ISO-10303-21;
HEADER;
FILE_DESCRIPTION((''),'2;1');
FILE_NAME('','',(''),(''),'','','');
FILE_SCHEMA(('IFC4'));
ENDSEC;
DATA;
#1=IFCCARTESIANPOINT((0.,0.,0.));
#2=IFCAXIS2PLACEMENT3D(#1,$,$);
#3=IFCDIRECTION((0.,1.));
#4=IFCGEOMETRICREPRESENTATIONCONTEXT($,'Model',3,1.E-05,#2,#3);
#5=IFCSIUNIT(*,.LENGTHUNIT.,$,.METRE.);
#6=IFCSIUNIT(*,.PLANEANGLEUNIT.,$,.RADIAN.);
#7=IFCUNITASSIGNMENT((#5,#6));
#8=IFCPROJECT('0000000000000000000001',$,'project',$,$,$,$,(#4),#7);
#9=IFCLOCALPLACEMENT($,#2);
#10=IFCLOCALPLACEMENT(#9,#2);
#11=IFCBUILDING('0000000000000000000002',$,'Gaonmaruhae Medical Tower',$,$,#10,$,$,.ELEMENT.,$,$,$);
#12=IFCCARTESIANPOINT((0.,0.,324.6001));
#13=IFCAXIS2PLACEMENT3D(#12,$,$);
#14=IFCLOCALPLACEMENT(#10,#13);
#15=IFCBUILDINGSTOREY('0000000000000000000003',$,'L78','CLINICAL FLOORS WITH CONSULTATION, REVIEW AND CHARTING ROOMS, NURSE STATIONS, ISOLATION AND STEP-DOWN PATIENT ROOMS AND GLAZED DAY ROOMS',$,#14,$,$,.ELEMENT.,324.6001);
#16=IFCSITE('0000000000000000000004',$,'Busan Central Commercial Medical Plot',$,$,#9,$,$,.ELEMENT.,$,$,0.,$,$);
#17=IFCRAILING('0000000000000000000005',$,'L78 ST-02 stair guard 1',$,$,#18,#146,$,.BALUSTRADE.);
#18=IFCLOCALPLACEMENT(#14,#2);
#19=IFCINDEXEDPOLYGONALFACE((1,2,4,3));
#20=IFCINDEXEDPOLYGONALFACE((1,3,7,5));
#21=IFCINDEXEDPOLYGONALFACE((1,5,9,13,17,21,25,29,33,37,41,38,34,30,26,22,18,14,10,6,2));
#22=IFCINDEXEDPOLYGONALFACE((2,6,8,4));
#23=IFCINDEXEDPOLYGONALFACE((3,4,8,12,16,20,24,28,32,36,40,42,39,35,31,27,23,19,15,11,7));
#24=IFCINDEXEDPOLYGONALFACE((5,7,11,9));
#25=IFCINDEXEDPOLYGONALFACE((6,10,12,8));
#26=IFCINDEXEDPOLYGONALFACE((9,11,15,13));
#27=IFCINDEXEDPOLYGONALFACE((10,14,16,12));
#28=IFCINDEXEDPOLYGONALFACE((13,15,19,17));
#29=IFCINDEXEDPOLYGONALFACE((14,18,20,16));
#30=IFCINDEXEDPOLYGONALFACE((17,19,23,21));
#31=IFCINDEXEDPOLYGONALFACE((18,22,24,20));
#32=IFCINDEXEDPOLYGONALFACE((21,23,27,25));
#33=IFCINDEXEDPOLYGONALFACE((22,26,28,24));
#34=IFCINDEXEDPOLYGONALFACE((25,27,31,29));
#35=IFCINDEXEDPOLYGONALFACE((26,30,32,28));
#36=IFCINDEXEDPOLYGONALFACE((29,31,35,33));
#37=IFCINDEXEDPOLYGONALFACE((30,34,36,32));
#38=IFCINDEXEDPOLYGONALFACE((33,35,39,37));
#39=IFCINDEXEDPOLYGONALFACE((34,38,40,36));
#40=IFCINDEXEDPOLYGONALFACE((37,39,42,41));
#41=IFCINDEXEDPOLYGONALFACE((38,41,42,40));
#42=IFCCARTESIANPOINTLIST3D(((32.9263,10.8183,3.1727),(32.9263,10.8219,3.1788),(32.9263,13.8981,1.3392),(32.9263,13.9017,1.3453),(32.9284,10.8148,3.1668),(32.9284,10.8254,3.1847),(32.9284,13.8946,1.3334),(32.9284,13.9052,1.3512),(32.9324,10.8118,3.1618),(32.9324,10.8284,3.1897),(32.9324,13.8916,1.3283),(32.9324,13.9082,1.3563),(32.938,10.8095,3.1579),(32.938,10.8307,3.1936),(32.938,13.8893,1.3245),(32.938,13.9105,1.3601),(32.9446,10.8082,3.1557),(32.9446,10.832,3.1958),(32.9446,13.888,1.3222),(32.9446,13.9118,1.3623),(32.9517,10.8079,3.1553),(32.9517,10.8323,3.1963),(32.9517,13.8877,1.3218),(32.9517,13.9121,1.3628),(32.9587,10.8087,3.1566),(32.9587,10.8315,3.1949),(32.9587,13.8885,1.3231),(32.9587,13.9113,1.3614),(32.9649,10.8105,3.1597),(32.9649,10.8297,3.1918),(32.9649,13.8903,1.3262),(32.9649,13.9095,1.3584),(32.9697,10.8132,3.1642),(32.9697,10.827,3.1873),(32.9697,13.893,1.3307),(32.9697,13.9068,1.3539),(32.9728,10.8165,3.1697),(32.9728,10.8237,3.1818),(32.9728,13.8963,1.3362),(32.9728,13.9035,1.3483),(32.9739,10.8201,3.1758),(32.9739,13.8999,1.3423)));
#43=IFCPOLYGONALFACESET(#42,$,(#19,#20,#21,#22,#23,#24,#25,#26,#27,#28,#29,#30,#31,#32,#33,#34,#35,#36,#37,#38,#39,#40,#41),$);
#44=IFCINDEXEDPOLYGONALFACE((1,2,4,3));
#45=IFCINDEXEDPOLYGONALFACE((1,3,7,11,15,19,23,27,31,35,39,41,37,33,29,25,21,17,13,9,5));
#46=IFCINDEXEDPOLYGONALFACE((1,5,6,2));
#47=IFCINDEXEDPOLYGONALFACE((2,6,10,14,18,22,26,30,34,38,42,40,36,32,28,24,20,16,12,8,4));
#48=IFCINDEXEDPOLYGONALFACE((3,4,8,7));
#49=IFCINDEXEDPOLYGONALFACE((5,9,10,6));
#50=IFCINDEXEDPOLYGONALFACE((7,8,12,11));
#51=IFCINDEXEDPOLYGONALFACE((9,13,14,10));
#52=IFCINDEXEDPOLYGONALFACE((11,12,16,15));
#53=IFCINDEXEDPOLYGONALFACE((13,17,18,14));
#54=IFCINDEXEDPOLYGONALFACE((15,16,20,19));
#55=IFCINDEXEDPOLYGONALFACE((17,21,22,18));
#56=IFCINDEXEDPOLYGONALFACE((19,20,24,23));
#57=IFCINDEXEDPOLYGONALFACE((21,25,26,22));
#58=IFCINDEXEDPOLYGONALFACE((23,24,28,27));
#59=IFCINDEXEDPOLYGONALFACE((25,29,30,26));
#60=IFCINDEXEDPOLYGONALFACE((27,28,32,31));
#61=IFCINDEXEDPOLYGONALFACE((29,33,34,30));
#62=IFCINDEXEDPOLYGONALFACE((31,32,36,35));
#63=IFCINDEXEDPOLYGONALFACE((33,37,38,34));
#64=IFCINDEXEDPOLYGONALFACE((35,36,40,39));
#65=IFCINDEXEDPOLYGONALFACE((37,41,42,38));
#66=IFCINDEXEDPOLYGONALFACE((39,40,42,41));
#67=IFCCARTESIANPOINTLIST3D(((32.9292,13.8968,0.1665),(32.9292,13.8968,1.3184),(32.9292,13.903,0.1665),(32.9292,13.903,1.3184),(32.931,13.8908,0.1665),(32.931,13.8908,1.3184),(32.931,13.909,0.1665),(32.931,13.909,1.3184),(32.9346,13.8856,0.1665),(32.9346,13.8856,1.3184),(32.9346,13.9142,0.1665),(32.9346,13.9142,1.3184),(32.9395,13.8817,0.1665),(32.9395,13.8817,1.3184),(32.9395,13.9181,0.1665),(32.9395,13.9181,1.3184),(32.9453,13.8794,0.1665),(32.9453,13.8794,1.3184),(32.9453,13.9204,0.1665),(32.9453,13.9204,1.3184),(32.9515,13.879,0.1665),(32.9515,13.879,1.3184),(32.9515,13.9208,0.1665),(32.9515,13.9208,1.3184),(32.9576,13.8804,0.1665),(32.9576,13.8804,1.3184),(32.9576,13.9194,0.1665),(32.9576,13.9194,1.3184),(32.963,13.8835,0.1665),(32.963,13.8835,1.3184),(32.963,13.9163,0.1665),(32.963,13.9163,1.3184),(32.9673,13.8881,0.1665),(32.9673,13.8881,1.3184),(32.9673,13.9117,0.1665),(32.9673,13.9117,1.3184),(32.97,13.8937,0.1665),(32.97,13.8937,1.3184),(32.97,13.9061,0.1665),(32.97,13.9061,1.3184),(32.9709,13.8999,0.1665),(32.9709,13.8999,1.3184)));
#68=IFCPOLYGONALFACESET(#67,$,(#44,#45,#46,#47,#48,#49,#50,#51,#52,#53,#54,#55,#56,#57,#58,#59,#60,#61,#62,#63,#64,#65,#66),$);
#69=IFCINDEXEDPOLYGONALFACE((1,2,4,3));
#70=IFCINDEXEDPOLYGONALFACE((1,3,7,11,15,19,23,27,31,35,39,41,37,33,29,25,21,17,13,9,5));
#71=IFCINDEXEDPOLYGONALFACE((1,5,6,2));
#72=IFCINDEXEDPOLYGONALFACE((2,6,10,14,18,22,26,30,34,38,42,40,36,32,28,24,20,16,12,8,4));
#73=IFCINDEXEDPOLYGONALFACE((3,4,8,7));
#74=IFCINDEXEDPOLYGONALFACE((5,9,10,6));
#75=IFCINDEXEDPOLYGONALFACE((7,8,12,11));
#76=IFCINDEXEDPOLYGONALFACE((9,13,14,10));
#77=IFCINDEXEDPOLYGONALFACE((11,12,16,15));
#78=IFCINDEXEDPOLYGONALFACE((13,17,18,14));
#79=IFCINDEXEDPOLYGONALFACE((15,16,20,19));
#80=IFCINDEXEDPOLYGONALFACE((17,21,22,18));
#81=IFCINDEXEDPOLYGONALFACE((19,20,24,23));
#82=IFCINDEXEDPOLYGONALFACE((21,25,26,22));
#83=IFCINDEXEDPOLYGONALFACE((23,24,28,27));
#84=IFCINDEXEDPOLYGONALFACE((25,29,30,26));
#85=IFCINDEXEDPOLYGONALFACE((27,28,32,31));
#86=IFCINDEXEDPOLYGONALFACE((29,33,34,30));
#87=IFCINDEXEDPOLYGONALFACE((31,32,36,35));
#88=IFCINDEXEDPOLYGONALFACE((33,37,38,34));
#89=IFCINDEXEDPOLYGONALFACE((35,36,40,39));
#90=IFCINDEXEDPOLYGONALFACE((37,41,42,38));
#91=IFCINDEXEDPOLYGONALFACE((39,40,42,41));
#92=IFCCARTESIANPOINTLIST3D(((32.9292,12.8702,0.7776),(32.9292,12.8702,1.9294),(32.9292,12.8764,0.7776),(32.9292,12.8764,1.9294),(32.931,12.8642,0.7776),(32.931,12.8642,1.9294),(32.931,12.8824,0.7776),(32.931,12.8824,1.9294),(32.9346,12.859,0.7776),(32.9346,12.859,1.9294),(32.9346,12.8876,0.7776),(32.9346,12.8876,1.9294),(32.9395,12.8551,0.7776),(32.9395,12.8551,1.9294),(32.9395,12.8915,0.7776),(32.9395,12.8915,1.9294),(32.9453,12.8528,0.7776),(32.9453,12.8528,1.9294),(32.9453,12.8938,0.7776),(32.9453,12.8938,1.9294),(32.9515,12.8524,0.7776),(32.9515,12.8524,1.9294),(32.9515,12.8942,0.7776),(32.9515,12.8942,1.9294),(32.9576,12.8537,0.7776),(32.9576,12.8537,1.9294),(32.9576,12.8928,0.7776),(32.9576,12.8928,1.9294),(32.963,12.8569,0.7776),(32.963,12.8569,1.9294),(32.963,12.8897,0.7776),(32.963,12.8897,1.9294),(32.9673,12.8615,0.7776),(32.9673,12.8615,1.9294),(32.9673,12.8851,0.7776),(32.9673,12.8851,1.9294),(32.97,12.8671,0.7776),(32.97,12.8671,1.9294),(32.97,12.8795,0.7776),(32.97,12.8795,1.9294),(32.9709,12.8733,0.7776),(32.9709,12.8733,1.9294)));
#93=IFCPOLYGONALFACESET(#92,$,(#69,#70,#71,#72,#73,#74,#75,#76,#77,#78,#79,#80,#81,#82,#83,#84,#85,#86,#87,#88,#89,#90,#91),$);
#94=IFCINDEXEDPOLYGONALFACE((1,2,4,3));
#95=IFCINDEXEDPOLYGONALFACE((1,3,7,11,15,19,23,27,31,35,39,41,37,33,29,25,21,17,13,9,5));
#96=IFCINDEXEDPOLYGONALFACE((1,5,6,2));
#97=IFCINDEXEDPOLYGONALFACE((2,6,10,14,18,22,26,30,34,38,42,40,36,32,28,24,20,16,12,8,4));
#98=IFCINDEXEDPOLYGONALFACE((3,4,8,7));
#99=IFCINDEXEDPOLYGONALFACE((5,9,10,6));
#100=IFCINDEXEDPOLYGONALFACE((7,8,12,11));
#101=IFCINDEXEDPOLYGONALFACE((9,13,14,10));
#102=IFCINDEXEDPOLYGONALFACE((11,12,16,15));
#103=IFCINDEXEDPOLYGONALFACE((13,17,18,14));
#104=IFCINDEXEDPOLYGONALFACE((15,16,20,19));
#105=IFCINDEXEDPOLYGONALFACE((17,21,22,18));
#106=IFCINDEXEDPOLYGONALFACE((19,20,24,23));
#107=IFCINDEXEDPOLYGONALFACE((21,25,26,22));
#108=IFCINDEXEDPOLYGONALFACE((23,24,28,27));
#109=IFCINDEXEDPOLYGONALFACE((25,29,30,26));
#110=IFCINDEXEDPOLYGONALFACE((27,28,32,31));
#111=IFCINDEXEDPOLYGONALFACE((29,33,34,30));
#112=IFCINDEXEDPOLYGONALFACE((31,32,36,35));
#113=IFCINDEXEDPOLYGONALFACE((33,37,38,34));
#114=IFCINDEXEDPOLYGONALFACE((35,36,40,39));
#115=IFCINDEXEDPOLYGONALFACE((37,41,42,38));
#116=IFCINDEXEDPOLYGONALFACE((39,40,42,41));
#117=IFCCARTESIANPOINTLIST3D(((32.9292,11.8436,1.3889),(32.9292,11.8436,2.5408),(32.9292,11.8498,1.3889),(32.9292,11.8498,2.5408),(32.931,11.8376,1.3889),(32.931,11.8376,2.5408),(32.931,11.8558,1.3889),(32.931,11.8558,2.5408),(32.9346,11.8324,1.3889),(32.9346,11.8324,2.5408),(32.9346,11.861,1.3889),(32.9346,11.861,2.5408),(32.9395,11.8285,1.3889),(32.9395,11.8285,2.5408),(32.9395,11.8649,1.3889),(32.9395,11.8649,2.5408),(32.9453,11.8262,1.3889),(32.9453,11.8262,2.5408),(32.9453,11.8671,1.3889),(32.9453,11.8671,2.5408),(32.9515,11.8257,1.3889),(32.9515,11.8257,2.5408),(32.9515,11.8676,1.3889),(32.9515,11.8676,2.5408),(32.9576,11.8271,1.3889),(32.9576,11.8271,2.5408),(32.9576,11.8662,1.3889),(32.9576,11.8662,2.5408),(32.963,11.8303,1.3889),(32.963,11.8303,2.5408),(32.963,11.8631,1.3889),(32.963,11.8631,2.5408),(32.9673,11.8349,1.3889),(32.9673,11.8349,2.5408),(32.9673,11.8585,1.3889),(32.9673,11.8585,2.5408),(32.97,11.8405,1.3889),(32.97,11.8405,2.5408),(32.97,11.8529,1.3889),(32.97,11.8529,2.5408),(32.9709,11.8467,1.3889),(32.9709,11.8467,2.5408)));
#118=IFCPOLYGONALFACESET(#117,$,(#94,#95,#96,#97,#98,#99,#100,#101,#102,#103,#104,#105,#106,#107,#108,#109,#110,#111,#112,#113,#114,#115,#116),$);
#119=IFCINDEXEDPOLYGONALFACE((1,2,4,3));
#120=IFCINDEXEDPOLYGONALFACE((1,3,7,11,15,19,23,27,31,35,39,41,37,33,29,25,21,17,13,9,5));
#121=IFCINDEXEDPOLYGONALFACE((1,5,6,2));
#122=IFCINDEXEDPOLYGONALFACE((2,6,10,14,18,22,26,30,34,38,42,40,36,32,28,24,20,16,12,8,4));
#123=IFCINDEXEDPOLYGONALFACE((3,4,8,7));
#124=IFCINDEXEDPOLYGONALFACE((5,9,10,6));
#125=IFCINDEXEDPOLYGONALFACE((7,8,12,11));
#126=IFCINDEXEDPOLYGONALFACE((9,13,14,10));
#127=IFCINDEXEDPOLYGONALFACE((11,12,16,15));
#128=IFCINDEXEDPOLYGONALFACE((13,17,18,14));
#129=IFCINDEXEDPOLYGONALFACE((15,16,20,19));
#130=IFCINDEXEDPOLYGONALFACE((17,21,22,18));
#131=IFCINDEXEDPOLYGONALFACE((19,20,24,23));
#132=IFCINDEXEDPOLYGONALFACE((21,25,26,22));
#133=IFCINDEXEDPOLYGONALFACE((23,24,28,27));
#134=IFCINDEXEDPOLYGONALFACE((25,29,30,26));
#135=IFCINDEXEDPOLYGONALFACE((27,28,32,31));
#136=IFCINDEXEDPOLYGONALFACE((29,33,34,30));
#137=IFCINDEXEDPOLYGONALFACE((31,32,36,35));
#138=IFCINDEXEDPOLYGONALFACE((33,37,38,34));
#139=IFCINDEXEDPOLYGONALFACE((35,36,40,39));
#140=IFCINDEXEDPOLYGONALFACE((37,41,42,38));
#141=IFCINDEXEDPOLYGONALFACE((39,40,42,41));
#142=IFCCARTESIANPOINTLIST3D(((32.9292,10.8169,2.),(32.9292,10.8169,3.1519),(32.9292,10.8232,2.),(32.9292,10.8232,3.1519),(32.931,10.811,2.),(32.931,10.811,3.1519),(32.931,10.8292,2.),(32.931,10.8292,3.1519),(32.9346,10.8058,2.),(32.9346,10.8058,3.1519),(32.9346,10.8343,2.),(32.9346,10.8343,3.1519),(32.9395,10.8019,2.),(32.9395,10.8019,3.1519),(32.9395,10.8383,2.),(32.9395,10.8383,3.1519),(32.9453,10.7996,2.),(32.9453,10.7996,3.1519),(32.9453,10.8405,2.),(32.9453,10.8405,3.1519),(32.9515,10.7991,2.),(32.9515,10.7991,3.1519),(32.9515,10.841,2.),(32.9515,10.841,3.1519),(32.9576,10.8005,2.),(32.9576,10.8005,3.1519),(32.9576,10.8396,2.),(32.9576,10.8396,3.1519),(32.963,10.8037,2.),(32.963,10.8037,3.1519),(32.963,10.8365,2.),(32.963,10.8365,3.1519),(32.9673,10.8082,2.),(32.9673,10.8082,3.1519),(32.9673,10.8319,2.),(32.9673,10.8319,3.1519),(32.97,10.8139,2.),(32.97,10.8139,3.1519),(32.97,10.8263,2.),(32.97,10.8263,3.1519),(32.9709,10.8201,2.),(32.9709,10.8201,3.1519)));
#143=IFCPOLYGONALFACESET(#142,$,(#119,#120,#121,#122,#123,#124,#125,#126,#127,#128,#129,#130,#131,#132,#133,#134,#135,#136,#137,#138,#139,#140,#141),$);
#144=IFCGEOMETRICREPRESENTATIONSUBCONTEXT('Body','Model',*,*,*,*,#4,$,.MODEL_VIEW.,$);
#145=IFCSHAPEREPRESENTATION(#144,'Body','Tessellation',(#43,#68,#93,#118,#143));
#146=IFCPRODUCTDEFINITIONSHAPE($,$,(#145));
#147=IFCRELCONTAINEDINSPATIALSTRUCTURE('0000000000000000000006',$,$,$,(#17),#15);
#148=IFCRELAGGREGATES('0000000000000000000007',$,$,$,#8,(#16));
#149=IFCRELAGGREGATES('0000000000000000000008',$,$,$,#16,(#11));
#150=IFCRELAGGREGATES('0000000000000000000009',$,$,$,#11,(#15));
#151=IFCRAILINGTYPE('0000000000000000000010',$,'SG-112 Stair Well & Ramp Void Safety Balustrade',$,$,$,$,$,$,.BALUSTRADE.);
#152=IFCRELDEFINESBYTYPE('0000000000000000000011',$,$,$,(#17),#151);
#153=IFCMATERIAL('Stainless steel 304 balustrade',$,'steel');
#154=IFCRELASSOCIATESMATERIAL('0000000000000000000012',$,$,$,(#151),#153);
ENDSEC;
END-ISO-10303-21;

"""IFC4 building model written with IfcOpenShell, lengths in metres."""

from ifc_helpers import new_model, si_unit, direction, frame, origin, origin_2d, place, context, subcontext, project, spatial, circle, extrude, material, type_object, element, save


model = new_model("IFC4")

# Units and contexts
model_context = context("Model", 3, precision=1e-05, world=origin(), true_north=direction((0.0, 1.0)))
body_context = subcontext(model_context, "Body", "Model", "MODEL_VIEW")
ifc_project = project(units=[si_unit("LENGTHUNIT", "METRE"), si_unit("PLANEANGLEUNIT", "RADIAN")], contexts=[model_context])

# Site, building, storey
site_placement = place(None, origin())
site = spatial("IfcSite", under=ifc_project, at=site_placement, Name="Busan Central Commercial Medical Plot", CompositionType="ELEMENT", RefElevation=0.0)
building_placement = place(site_placement, origin())
building = spatial("IfcBuilding", under=site, at=building_placement, Name="Gaonmaruhae Medical Tower", CompositionType="ELEMENT")
storey_placement = place(building_placement, frame((0.0, 0.0, 324.6001)))
storey = spatial("IfcBuildingStorey", under=building, at=storey_placement, Name="L78", Description="CLINICAL FLOORS WITH CONSULTATION, REVIEW AND CHARTING ROOMS, NURSE STATIONS, ISOLATION AND STEP-DOWN PATIENT ROOMS AND GLAZED DAY ROOMS", CompositionType="ELEMENT", Elevation=324.6001)

# Railing
ifc_material_1 = material(Name="Stainless steel 304 balustrade", Category="steel")
railing_type_1 = type_object("IfcRailingType", Name="SG-112 Stair Well & Ramp Void Safety Balustrade", PredefinedType="BALUSTRADE", material=ifc_material_1)
railing_1_placement = place(storey_placement, frame((32.95, 13.8999, 0.1665)))
element("IfcRailing", 1, at=railing_1_placement, inside=storey, type_object=railing_type_1, Name="L78 ST-02 stair guard 1", PredefinedType="BALUSTRADE", context=body_context, shape_type="SweptSolid", body=[
    extrude(circle(Radius=0.0239, at=origin_2d()), frame((0.0, 0.0, 1.1758), z_axis=(0.0, -0.859261, 0.511538), x_axis=(1.0, 0.0, 0.0)), (0.0, 0.0, 1.0), 3.5842),
    extrude(circle(Radius=0.021, at=origin_2d()), origin(), (0.0, 0.0, 1.0), 1.1519),
    extrude(circle(Radius=0.021, at=origin_2d()), frame((0.0, -1.0266, 0.6111)), (0.0, 0.0, 1.0), 1.1519),
    extrude(circle(Radius=0.021, at=origin_2d()), frame((0.0, -2.0532, 1.2224)), (0.0, 0.0, 1.0), 1.1519),
    extrude(circle(Radius=0.021, at=origin_2d()), frame((0.0, -3.0798, 1.8335)), (0.0, 0.0, 1.0), 1.1519),
])

save(model, "model.ifc")
